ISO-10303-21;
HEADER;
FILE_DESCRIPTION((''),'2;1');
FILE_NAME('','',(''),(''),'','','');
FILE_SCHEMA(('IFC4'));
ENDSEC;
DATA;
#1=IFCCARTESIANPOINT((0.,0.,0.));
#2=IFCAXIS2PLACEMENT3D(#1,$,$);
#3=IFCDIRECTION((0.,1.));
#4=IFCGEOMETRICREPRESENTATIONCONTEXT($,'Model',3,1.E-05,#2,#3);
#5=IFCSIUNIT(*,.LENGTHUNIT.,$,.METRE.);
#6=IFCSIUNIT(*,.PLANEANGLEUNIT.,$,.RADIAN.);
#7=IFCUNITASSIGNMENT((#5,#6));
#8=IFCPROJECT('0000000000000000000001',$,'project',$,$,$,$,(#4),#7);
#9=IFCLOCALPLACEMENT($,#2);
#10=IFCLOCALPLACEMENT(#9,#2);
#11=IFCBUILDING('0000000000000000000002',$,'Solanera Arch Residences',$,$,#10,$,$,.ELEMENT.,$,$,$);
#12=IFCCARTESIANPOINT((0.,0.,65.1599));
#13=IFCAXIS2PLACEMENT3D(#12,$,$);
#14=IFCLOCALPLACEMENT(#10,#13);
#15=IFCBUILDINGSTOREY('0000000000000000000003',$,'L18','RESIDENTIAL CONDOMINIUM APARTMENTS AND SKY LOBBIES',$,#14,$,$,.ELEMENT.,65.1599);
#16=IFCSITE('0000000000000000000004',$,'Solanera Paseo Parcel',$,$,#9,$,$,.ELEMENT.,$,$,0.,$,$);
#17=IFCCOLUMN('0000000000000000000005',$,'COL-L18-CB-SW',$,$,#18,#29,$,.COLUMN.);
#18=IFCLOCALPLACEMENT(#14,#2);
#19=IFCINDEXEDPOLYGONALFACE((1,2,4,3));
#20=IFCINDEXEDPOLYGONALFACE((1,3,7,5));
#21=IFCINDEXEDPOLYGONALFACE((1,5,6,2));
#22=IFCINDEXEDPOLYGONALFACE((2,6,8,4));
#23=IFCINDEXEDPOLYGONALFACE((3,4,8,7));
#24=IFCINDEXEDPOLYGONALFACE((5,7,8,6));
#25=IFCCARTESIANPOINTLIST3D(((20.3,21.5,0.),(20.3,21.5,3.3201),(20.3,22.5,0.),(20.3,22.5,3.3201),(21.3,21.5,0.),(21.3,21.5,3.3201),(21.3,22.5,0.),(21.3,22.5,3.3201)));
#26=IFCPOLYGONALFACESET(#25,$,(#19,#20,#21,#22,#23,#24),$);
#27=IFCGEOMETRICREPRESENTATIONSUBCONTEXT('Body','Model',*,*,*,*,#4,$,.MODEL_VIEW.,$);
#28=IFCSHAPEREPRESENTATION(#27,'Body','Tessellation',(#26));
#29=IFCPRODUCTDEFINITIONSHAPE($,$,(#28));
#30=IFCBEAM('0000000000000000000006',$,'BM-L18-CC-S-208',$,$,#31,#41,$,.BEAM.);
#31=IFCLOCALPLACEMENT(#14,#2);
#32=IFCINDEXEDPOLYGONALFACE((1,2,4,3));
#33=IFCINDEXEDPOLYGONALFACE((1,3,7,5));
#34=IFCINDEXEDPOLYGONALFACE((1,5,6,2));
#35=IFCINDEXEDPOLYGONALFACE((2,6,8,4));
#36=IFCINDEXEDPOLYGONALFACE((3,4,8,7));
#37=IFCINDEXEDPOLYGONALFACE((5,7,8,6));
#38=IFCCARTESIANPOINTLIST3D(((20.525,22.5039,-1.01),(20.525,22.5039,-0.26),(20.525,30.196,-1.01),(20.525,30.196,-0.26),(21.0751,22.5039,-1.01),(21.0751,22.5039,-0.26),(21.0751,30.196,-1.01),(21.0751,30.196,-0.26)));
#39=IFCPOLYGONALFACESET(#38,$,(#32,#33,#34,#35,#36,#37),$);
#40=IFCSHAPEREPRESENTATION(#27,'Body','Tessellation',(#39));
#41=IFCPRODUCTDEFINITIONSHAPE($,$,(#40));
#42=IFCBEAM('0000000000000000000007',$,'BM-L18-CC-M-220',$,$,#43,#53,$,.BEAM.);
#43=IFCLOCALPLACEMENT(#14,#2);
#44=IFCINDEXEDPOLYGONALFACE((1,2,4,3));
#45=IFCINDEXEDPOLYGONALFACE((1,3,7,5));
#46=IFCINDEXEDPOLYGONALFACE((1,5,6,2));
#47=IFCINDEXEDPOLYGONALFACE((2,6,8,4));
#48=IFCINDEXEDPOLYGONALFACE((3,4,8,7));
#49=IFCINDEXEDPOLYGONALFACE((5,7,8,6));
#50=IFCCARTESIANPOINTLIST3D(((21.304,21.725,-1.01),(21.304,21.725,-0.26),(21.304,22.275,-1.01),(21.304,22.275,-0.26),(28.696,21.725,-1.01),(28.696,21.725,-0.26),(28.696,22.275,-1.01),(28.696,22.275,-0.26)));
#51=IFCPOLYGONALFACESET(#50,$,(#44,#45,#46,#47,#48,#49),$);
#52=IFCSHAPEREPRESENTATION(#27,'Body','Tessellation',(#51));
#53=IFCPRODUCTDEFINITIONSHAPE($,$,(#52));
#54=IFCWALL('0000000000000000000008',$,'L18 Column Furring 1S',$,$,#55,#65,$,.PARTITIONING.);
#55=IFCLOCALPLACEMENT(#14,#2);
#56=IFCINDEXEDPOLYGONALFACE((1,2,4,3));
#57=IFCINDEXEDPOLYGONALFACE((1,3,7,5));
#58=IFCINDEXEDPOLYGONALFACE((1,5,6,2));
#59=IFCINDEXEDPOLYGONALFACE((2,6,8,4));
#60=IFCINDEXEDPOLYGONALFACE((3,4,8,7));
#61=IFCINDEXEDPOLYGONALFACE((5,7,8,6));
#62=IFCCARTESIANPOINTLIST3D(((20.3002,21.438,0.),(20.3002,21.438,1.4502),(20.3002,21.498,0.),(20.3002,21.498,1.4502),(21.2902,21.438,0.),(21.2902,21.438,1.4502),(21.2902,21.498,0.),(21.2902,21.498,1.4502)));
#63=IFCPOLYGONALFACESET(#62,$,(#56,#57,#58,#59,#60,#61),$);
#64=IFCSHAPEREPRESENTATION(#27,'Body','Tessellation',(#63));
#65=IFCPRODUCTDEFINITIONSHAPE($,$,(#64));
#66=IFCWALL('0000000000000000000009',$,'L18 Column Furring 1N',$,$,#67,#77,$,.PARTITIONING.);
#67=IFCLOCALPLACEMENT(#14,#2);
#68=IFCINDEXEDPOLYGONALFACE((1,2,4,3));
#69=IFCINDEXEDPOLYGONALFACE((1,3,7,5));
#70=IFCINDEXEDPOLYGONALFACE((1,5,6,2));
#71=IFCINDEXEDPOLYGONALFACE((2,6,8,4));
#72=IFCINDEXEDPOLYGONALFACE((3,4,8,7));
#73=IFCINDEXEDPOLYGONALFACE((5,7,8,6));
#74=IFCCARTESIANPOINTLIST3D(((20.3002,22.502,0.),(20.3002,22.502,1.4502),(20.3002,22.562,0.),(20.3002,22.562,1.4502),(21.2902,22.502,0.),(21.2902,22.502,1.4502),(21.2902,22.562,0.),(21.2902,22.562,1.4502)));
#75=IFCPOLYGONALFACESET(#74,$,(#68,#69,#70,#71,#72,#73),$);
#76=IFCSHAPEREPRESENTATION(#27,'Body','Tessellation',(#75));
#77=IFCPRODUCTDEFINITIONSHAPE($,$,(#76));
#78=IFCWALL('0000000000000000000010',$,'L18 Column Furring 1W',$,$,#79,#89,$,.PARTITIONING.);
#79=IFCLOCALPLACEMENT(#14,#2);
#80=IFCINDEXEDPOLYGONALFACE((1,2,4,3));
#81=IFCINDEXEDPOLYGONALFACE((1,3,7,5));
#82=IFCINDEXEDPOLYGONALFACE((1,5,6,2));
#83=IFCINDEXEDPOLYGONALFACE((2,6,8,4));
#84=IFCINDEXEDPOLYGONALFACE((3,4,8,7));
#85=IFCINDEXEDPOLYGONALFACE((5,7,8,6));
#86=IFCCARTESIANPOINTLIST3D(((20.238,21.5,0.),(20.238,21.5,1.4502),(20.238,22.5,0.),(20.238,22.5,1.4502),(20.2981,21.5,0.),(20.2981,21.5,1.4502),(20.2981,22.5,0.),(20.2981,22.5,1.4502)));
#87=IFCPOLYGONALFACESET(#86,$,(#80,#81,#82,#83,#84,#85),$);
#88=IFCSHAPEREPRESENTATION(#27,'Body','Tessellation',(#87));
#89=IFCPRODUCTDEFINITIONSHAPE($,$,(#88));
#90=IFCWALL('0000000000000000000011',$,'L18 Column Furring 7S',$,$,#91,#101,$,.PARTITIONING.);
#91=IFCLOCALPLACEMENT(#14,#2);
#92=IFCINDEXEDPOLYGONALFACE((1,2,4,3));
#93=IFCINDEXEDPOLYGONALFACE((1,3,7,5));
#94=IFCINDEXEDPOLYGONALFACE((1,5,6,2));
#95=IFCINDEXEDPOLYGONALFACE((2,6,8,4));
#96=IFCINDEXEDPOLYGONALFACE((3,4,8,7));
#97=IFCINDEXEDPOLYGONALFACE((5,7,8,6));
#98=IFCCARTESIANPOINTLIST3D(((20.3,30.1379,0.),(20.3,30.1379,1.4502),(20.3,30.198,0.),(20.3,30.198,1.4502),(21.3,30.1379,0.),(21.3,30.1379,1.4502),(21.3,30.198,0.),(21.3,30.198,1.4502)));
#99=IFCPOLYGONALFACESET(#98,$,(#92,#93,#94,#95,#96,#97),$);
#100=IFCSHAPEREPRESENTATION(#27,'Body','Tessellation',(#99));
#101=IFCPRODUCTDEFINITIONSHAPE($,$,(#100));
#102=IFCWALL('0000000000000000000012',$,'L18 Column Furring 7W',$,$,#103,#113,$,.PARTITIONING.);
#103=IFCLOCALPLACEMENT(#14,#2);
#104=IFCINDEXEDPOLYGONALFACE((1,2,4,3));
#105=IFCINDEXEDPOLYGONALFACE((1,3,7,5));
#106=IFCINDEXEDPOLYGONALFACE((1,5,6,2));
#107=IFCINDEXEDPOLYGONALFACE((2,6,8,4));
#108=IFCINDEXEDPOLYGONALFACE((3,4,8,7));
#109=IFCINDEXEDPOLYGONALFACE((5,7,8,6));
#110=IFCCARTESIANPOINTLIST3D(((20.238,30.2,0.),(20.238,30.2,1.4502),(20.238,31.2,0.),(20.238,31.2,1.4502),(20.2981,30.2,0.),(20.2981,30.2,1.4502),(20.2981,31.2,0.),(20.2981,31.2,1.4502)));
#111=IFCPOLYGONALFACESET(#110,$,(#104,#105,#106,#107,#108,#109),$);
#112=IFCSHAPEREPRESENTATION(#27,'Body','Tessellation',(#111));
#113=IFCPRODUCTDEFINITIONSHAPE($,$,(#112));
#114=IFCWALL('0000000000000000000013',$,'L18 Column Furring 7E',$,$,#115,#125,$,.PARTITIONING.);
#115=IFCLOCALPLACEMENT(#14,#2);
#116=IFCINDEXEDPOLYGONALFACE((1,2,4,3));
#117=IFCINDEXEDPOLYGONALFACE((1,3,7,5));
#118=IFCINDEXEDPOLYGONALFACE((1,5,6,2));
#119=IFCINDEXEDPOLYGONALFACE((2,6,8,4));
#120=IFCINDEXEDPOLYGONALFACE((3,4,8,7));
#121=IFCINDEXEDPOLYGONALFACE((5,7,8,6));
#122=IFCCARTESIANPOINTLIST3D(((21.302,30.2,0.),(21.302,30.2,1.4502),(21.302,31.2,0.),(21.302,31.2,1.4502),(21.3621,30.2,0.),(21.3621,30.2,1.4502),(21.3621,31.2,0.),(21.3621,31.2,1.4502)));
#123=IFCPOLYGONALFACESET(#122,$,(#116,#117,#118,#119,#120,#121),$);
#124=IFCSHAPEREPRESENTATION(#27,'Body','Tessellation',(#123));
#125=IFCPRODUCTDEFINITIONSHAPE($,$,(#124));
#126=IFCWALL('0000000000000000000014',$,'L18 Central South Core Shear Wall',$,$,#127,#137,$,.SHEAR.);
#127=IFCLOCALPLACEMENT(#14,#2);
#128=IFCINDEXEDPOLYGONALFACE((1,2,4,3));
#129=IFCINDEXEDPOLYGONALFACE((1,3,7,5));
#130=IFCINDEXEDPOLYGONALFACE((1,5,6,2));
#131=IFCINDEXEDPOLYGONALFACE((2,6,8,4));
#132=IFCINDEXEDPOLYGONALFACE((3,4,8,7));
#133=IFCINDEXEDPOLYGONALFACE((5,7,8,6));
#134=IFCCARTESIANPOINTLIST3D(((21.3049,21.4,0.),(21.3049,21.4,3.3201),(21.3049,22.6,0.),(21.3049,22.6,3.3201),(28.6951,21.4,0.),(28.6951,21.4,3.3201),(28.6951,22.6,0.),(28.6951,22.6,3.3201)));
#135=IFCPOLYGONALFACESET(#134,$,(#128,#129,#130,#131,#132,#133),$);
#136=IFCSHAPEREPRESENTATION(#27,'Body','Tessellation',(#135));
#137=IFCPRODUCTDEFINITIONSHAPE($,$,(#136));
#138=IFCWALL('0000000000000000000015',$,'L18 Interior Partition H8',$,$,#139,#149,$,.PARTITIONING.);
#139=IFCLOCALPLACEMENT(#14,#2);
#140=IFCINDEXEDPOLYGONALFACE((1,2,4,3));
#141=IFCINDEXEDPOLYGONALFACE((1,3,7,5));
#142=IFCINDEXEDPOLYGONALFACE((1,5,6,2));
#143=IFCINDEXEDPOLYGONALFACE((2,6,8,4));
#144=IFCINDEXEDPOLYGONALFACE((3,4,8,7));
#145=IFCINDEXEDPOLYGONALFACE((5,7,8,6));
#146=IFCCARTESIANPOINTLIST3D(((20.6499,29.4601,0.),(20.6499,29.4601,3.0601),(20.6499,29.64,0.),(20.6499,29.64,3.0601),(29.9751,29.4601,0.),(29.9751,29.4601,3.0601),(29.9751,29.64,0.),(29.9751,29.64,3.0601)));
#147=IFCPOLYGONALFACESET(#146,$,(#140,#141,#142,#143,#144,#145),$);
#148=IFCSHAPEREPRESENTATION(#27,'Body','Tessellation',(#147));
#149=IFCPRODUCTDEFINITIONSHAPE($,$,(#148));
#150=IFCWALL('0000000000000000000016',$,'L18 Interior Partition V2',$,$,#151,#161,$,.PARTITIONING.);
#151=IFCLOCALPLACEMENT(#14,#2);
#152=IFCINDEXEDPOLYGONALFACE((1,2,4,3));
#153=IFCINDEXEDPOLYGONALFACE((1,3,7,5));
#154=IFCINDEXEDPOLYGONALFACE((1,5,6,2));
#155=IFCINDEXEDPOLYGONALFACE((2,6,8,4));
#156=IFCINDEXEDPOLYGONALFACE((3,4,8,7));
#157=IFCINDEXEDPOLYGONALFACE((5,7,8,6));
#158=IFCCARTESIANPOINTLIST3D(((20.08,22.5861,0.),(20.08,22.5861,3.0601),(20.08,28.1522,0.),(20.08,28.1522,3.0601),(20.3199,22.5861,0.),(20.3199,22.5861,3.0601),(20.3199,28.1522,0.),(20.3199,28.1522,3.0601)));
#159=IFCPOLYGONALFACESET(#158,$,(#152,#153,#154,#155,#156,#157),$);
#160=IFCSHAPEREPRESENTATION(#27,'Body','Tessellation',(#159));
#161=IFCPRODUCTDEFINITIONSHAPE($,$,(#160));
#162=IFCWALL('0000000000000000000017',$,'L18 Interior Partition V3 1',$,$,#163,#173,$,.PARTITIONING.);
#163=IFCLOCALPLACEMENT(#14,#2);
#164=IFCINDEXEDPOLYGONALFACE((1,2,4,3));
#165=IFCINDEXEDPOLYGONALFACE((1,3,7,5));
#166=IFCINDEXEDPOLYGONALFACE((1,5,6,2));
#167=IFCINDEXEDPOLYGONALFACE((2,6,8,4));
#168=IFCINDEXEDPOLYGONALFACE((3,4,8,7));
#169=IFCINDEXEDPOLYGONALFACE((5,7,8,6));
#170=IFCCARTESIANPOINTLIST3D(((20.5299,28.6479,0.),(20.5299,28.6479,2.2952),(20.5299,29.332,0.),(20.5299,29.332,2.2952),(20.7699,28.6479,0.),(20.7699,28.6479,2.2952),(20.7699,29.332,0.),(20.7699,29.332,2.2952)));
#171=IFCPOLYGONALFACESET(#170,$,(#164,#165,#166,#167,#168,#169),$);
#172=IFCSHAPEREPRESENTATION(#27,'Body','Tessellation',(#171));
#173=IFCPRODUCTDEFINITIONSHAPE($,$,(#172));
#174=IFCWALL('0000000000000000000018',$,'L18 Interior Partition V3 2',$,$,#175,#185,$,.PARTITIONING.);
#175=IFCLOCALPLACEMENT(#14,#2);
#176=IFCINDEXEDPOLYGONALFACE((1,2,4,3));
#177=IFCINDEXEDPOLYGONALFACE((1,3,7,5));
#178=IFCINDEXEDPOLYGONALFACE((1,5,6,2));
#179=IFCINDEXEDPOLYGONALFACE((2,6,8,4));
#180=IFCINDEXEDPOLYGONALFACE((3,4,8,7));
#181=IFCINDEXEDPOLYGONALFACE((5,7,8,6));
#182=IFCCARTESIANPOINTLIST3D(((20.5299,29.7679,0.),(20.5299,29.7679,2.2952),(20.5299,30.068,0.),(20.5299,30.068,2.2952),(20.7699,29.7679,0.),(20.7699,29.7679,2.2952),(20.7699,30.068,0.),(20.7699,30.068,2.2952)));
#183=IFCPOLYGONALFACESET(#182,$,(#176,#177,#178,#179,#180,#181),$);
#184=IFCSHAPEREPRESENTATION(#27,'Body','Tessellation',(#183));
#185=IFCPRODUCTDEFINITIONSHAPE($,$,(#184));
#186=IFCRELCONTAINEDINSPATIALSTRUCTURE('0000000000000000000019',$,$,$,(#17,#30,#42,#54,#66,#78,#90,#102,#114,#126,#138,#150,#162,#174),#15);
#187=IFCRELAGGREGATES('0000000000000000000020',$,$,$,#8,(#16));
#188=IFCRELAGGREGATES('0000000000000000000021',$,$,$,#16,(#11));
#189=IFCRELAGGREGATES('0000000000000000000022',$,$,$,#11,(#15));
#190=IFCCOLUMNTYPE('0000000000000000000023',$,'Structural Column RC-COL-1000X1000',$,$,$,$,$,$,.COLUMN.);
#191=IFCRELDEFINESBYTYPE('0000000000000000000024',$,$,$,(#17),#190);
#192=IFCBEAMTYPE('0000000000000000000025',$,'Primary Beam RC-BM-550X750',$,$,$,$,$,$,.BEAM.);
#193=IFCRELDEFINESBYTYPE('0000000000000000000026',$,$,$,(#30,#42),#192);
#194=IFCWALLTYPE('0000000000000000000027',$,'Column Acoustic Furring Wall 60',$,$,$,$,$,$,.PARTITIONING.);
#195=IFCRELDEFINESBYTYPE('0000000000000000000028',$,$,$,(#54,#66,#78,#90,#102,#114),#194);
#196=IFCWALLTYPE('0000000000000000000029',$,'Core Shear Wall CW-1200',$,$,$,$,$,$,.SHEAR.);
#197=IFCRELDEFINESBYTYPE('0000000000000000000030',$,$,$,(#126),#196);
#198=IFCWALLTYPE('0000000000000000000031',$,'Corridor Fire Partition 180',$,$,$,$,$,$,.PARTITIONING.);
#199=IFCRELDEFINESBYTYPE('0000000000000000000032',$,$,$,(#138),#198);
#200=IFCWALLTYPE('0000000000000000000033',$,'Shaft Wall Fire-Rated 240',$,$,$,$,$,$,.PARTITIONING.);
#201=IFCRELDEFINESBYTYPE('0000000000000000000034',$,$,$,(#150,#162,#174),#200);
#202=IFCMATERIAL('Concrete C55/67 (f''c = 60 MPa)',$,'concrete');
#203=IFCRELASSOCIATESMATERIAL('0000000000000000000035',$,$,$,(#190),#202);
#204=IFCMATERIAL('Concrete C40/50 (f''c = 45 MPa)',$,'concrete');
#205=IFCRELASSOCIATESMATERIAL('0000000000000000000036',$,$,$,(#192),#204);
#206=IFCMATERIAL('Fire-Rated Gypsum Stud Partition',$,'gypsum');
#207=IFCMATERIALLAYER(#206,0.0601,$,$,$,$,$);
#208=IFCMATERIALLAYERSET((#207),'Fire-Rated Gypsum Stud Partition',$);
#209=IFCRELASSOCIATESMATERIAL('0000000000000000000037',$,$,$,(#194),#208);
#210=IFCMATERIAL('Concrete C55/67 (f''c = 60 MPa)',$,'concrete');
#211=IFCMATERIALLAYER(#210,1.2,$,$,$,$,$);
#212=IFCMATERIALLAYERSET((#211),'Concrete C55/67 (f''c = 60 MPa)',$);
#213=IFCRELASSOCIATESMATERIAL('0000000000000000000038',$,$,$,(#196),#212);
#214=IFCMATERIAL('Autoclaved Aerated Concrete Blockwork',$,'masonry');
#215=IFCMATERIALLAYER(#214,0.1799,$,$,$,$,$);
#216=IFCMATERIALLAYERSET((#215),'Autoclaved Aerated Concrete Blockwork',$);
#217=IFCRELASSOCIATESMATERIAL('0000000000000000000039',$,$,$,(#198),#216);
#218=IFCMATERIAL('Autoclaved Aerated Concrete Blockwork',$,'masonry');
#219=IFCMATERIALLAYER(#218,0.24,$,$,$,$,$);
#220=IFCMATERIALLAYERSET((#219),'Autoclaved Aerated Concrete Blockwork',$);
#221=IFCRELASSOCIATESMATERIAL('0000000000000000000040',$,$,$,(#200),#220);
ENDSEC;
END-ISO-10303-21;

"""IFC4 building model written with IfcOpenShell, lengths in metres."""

from ifc_helpers import new_model, si_unit, direction, frame, frame_2d, origin, origin_2d, place, context, subcontext, project, spatial, rectangle, extrude, material, layer, layer_set, material_profile, profile_set, type_object, element, save


model = new_model("IFC4")

# Units and contexts
model_context = context("Model", 3, precision=1e-05, world=origin(), true_north=direction((0.0, 1.0)))
body_context = subcontext(model_context, "Body", "Model", "MODEL_VIEW")
ifc_project = project(units=[si_unit("LENGTHUNIT", "METRE"), si_unit("PLANEANGLEUNIT", "RADIAN")], contexts=[model_context])

# Site, building, storey
site_placement = place(None, origin())
site = spatial("IfcSite", under=ifc_project, at=site_placement, Name="Solanera Paseo Parcel", CompositionType="ELEMENT", RefElevation=0.0)
building_placement = place(site_placement, origin())
building = spatial("IfcBuilding", under=site, at=building_placement, Name="Solanera Arch Residences", CompositionType="ELEMENT")
storey_placement = place(building_placement, frame((0.0, 0.0, 65.1599)))
storey = spatial("IfcBuildingStorey", under=building, at=storey_placement, Name="L18", Description="RESIDENTIAL CONDOMINIUM APARTMENTS AND SKY LOBBIES", CompositionType="ELEMENT", Elevation=65.1599)

# Column
ifc_material_1 = material(Name="Concrete C55/67 (f'c = 60 MPa)", Category="concrete")
ifc_material_profile_1 = material_profile(ifc_material_1, rectangle(XDim=1.0, YDim=1.0, at=origin_2d()))
ifc_profile_set_1 = profile_set([ifc_material_profile_1], Name="Concrete C55/67 (f'c = 60 MPa)")
column_type = type_object("IfcColumnType", Name="Structural Column RC-COL-1000X1000", PredefinedType="COLUMN", material=ifc_profile_set_1)
column_placement = place(storey_placement, frame((20.8, 22.0, 0.0), z_axis=(0.0, 0.0, 1.0), x_axis=(1.0, 0.0, 0.0)))
element("IfcColumn", 1, at=column_placement, inside=storey, type_object=column_type, Name="COL-L18-CB-SW", PredefinedType="COLUMN", context=body_context, shape_type="SweptSolid", body=[
    extrude(rectangle(XDim=1.0, YDim=1.0, at=origin_2d()), origin(), (0.0, 0.0, 1.0), 3.3201),
])

# Beams
ifc_material_2 = material(Name="Concrete C40/50 (f'c = 45 MPa)", Category="concrete")
ifc_material_profile_2 = material_profile(ifc_material_2, rectangle(XDim=0.55, YDim=0.75, at=origin_2d()))
ifc_profile_set_2 = profile_set([ifc_material_profile_2], Name="Concrete C40/50 (f'c = 45 MPa)")
beam_type = type_object("IfcBeamType", Name="Primary Beam RC-BM-550X750", PredefinedType="BEAM", material=ifc_profile_set_2)
beam_1_placement = place(storey_placement, frame((20.8, 22.5039, -0.635), z_axis=(0.0, 1.0, 0.0), x_axis=(-1.0, 0.0, 0.0)))
element("IfcBeam", 2, at=beam_1_placement, inside=storey, type_object=beam_type, Name="BM-L18-CC-S-208", PredefinedType="BEAM", context=body_context, shape_type="SweptSolid", body=[
    extrude(rectangle(XDim=0.55, YDim=0.75, at=origin_2d()), origin(), (0.0, 0.0, 1.0), 7.6921),
])
beam_2_placement = place(storey_placement, frame((21.304, 22.0, -0.635), z_axis=(1.0, 0.0, 0.0), x_axis=(0.0, 1.0, 0.0)))
element("IfcBeam", 3, at=beam_2_placement, inside=storey, type_object=beam_type, Name="BM-L18-CC-M-220", PredefinedType="BEAM", context=body_context, shape_type="SweptSolid", body=[
    extrude(rectangle(XDim=0.55, YDim=0.75, at=origin_2d()), origin(), (0.0, 0.0, 1.0), 7.3921),
])

# Walls
ifc_material_3 = material(Name="Fire-Rated Gypsum Stud Partition", Category="gypsum")
ifc_layer_1 = layer(ifc_material_3, 0.0601)
ifc_layer_set_1 = layer_set([ifc_layer_1], Name="Fire-Rated Gypsum Stud Partition")
wall_type_1 = type_object("IfcWallType", Name="Column Acoustic Furring Wall 60", PredefinedType="PARTITIONING", material=ifc_layer_set_1)
for number, where, z_axis, x_axis, name in (
    (4, (20.3, 21.468, 0.0), (0.0, 0.0, 1.0), (1.0, 0.0, 0.0), "L18 Column Furring 1S"),
    (5, (20.3, 22.532, 0.0), (0.0, 0.0, 1.0), (1.0, 0.0, 0.0), "L18 Column Furring 1N"),
):
    element("IfcWall", number, at=place(storey_placement, frame(where, z_axis=z_axis, x_axis=x_axis)), inside=storey, type_object=wall_type_1, Name=name, PredefinedType="PARTITIONING", context=body_context, shape_type="SweptSolid", body=[
        extrude(rectangle(XDim=0.99, YDim=0.0601, at=frame_2d((0.4951, 0.0))), origin(), (0.0, 0.0, 1.0), 1.4502),
    ])
for number, where, z_axis, x_axis, name in (
    (6, (20.2681, 21.5, 0.0), (0.0, 0.0, 1.0), (0.0, 1.0, 0.0), "L18 Column Furring 1W"),
    (7, (20.3, 30.168, 0.0), (0.0, 0.0, 1.0), (1.0, 0.0, 0.0), "L18 Column Furring 7S"),
    (8, (20.2681, 30.2, 0.0), (0.0, 0.0, 1.0), (0.0, 1.0, 0.0), "L18 Column Furring 7W"),
    (9, (21.332, 30.2, 0.0), (0.0, 0.0, 1.0), (0.0, 1.0, 0.0), "L18 Column Furring 7E"),
):
    element("IfcWall", number, at=place(storey_placement, frame(where, z_axis=z_axis, x_axis=x_axis)), inside=storey, type_object=wall_type_1, Name=name, PredefinedType="PARTITIONING", context=body_context, shape_type="SweptSolid", body=[
        extrude(rectangle(XDim=1.0, YDim=0.0601, at=frame_2d((0.5, 0.0))), origin(), (0.0, 0.0, 1.0), 1.4502),
    ])
ifc_material_4 = material(Name="Concrete C55/67 (f'c = 60 MPa)", Category="concrete")
ifc_layer_2 = layer(ifc_material_4, 1.2)
ifc_layer_set_2 = layer_set([ifc_layer_2], Name="Concrete C55/67 (f'c = 60 MPa)")
wall_type_2 = type_object("IfcWallType", Name="Core Shear Wall CW-1200", PredefinedType="SHEAR", material=ifc_layer_set_2)
wall_1_placement = place(storey_placement, frame((21.3049, 22.0, 0.0), z_axis=(0.0, 0.0, 1.0), x_axis=(1.0, 0.0, 0.0)))
element("IfcWall", 10, at=wall_1_placement, inside=storey, type_object=wall_type_2, Name="L18 Central South Core Shear Wall", PredefinedType="SHEAR", context=body_context, shape_type="SweptSolid", body=[
    extrude(rectangle(XDim=7.3901, YDim=1.2, at=frame_2d((3.6951, 0.0))), origin(), (0.0, 0.0, 1.0), 3.3201),
])

# Wall
ifc_material_5 = material(Name="Autoclaved Aerated Concrete Blockwork", Category="masonry")
ifc_layer_3 = layer(ifc_material_5, 0.1799)
ifc_layer_set_3 = layer_set([ifc_layer_3], Name="Autoclaved Aerated Concrete Blockwork")
wall_type_3 = type_object("IfcWallType", Name="Corridor Fire Partition 180", PredefinedType="PARTITIONING", material=ifc_layer_set_3)
wall_2_placement = place(storey_placement, frame((20.6499, 29.55, 0.0), z_axis=(0.0, 0.0, 1.0), x_axis=(1.0, 0.0, 0.0)))
element("IfcWall", 11, at=wall_2_placement, inside=storey, type_object=wall_type_3, Name="L18 Interior Partition H8", PredefinedType="PARTITIONING", context=body_context, shape_type="SweptSolid", body=[
    extrude(rectangle(XDim=9.3252, YDim=0.1799, at=frame_2d((4.6626, 0.0))), origin(), (0.0, 0.0, 1.0), 3.0601),
])

# Shared definitions
ifc_material_6 = material(Name="Autoclaved Aerated Concrete Blockwork", Category="masonry")
ifc_layer_4 = layer(ifc_material_6, 0.24)
ifc_layer_set_4 = layer_set([ifc_layer_4], Name="Autoclaved Aerated Concrete Blockwork")
wall_type_4 = type_object("IfcWallType", Name="Shaft Wall Fire-Rated 240", PredefinedType="PARTITIONING", material=ifc_layer_set_4)

# Walls
wall_3_placement = place(storey_placement, frame((20.2, 22.5859, 0.0), z_axis=(0.0, 0.0, 1.0), x_axis=(0.0, 1.0, 0.0)))
element("IfcWall", 12, at=wall_3_placement, inside=storey, type_object=wall_type_4, Name="L18 Interior Partition V2", PredefinedType="PARTITIONING", context=body_context, shape_type="SweptSolid", body=[
    extrude(rectangle(XDim=5.5662, YDim=0.24, at=frame_2d((2.7832, 0.0))), origin(), (0.0, 0.0, 1.0), 3.0601),
])
wall_4_placement = place(storey_placement, frame((20.6499, 28.6479, 0.0), z_axis=(0.0, 0.0, 1.0), x_axis=(0.0, 1.0, 0.0)))
element("IfcWall", 13, at=wall_4_placement, inside=storey, type_object=wall_type_4, Name="L18 Interior Partition V3 1", PredefinedType="PARTITIONING", context=body_context, shape_type="SweptSolid", body=[
    extrude(rectangle(XDim=0.6841, YDim=0.24, at=frame_2d((0.342, 0.0))), origin(), (0.0, 0.0, 1.0), 2.2952),
])
wall_5_placement = place(storey_placement, frame((20.6499, 29.7681, 0.0), z_axis=(0.0, 0.0, 1.0), x_axis=(0.0, 1.0, 0.0)))
element("IfcWall", 14, at=wall_5_placement, inside=storey, type_object=wall_type_4, Name="L18 Interior Partition V3 2", PredefinedType="PARTITIONING", context=body_context, shape_type="SweptSolid", body=[
    extrude(rectangle(XDim=0.3, YDim=0.24, at=frame_2d((0.1499, 0.0))), origin(), (0.0, 0.0, 1.0), 2.2952),
])

save(model, "model.ifc")
